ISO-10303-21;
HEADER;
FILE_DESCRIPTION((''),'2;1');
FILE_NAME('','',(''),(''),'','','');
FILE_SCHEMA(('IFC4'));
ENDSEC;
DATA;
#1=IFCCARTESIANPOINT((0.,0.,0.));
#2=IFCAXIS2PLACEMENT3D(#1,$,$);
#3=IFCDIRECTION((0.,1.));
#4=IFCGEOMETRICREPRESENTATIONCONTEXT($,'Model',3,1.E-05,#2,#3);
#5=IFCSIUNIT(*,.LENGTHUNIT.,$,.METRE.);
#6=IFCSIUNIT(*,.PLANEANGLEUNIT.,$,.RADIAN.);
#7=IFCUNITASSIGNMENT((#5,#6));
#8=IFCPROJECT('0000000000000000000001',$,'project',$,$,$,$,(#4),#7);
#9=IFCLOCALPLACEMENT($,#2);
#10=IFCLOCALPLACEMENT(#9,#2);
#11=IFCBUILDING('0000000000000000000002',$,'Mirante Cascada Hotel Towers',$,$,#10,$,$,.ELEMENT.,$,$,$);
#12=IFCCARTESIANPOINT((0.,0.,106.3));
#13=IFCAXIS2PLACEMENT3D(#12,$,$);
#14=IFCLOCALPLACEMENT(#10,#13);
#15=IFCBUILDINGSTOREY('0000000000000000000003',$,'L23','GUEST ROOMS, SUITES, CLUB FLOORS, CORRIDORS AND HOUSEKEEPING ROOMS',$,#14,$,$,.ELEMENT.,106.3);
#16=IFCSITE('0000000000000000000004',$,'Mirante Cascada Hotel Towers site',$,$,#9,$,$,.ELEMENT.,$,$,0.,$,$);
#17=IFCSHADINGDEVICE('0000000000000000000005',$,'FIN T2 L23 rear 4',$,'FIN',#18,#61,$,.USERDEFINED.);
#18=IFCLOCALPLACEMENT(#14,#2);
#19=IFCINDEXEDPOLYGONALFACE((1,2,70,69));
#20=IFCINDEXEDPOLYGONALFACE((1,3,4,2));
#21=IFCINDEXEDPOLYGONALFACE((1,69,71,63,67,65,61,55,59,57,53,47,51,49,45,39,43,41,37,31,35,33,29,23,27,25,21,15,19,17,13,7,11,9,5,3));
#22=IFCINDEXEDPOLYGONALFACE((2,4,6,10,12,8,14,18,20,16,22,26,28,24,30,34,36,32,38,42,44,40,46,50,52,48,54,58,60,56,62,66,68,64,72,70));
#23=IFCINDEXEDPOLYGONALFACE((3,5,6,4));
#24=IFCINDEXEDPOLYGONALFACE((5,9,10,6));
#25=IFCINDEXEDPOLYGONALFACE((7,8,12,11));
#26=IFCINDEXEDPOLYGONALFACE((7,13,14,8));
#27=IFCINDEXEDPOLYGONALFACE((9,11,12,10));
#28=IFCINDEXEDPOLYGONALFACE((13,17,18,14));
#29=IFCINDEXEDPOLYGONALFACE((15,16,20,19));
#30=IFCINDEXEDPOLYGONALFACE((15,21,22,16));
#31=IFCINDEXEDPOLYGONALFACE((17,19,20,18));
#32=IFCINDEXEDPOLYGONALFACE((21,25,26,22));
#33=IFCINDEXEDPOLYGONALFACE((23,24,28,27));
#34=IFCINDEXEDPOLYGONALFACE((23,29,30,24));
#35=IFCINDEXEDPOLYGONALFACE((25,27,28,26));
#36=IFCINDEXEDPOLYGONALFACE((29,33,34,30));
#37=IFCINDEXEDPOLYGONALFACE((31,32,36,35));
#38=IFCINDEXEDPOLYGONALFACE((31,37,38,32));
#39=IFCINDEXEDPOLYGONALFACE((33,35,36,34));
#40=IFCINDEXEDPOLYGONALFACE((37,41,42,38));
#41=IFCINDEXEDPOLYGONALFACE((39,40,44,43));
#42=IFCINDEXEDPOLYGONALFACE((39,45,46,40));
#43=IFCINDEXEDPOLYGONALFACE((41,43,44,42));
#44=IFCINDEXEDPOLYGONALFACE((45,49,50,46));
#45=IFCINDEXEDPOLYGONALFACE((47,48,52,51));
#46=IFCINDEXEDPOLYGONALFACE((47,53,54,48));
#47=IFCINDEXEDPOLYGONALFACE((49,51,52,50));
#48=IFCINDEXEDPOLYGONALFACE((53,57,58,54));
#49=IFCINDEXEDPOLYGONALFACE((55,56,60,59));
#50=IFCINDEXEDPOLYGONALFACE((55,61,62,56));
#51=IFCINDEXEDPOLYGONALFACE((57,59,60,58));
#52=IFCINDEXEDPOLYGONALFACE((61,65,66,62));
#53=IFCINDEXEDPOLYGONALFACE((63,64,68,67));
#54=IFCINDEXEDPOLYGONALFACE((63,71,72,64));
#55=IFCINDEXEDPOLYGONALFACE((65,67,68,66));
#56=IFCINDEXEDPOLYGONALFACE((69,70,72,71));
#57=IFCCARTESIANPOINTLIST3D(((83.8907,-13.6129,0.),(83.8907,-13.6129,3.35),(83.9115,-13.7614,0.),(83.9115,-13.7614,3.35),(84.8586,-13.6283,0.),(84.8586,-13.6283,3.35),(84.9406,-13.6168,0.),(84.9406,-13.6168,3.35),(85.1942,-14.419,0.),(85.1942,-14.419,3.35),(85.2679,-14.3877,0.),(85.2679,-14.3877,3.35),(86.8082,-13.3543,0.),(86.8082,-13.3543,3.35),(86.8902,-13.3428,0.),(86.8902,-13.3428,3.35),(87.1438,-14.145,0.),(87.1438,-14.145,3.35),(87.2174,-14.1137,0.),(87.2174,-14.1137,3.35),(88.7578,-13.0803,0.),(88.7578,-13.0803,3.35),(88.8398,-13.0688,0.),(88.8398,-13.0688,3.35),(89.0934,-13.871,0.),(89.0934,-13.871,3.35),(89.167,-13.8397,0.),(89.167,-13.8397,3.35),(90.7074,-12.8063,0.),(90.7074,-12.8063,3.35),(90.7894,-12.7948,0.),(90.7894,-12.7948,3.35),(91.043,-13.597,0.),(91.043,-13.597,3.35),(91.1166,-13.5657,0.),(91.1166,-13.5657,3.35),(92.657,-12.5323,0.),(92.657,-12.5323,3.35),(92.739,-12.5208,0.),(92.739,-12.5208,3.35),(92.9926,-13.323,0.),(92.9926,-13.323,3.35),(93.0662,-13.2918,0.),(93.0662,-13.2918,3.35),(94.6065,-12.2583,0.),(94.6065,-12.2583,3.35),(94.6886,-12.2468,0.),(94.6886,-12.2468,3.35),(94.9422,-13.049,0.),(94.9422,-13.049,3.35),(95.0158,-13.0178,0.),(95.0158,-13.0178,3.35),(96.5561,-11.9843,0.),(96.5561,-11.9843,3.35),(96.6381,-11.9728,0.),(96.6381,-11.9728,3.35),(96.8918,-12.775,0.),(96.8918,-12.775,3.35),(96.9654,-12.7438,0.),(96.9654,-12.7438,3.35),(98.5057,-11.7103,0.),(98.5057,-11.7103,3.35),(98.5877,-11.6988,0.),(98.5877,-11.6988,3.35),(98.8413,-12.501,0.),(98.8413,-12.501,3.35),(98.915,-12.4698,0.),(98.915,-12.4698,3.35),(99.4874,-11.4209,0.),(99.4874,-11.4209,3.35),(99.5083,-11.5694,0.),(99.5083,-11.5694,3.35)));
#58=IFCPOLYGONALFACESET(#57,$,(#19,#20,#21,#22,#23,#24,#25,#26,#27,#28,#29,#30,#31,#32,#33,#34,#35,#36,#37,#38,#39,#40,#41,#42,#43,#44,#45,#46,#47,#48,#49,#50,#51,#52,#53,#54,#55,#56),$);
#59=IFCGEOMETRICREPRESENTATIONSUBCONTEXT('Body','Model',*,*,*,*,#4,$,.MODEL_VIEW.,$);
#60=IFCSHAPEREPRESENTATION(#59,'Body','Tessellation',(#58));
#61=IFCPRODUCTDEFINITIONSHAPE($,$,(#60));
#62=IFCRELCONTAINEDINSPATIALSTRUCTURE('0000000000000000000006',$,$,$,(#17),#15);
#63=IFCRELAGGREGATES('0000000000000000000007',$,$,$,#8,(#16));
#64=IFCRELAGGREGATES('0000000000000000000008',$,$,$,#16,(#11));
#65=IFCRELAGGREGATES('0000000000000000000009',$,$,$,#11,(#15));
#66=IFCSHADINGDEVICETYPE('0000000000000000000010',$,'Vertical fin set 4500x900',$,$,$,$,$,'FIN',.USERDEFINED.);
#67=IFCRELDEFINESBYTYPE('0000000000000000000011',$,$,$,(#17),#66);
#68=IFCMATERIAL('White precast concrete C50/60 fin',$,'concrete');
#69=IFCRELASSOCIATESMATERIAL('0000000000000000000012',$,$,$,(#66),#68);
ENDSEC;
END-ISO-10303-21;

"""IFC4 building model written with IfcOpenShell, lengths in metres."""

from ifc_helpers import new_model, si_unit, direction, frame, origin, place, context, subcontext, project, spatial, polyline, outline, extrude, material, type_object, element, save


model = new_model("IFC4")

# Units and contexts
model_context = context("Model", 3, precision=1e-05, world=origin(), true_north=direction((0.0, 1.0)))
body_context = subcontext(model_context, "Body", "Model", "MODEL_VIEW")
ifc_project = project(units=[si_unit("LENGTHUNIT", "METRE"), si_unit("PLANEANGLEUNIT", "RADIAN")], contexts=[model_context])

# Site, building, storey
site_placement = place(None, origin())
site = spatial("IfcSite", under=ifc_project, at=site_placement, Name="Mirante Cascada Hotel Towers site", CompositionType="ELEMENT", RefElevation=0.0)
building_placement = place(site_placement, origin())
building = spatial("IfcBuilding", under=site, at=building_placement, Name="Mirante Cascada Hotel Towers", CompositionType="ELEMENT")
storey_placement = place(building_placement, frame((0.0, 0.0, 106.3)))
storey = spatial("IfcBuildingStorey", under=building, at=storey_placement, Name="L23", Description="GUEST ROOMS, SUITES, CLUB FLOORS, CORRIDORS AND HOUSEKEEPING ROOMS", CompositionType="ELEMENT", Elevation=106.3)

# Shading device
ifc_material_1 = material(Name="White precast concrete C50/60 fin", Category="concrete")
shading_device_type = type_object("IfcShadingDeviceType", Name="Vertical fin set 4500x900", ElementType="FIN", PredefinedType="USERDEFINED", material=ifc_material_1)
shading_device_1_placement = place(storey_placement, origin())
element("IfcShadingDevice", 1, at=shading_device_1_placement, inside=storey, type_object=shading_device_type, Name="FIN T2 L23 rear 4", ObjectType="FIN", PredefinedType="USERDEFINED", context=body_context, shape_type="SweptSolid", body=[
    extrude(outline(polyline([(85.1942, -14.419), (84.8586, -13.6283), (83.9115, -13.7614), (83.8907, -13.6129), (99.4874, -11.4209), (99.5083, -11.5694), (98.5877, -11.6988), (98.915, -12.4698), (98.8413, -12.501), (98.5057, -11.7103), (96.6381, -11.9728), (96.9654, -12.7438), (96.8918, -12.775), (96.5561, -11.9843), (94.6886, -12.2468), (95.0158, -13.0178), (94.9422, -13.049), (94.6065, -12.2583), (92.739, -12.5208), (93.0662, -13.2918), (92.9926, -13.323), (92.657, -12.5323), (90.7894, -12.7948), (91.1166, -13.5657), (91.043, -13.597), (90.7074, -12.8063), (88.8398, -13.0688), (89.167, -13.8397), (89.0934, -13.871), (88.7578, -13.0803), (86.8902, -13.3428), (87.2174, -14.1137), (87.1438, -14.145), (86.8082, -13.3543), (84.9406, -13.6168), (85.2679, -14.3877), (85.1942, -14.419)])), origin(), (0.0, 0.0, 1.0), 3.35),
])

save(model, "model.ifc")
